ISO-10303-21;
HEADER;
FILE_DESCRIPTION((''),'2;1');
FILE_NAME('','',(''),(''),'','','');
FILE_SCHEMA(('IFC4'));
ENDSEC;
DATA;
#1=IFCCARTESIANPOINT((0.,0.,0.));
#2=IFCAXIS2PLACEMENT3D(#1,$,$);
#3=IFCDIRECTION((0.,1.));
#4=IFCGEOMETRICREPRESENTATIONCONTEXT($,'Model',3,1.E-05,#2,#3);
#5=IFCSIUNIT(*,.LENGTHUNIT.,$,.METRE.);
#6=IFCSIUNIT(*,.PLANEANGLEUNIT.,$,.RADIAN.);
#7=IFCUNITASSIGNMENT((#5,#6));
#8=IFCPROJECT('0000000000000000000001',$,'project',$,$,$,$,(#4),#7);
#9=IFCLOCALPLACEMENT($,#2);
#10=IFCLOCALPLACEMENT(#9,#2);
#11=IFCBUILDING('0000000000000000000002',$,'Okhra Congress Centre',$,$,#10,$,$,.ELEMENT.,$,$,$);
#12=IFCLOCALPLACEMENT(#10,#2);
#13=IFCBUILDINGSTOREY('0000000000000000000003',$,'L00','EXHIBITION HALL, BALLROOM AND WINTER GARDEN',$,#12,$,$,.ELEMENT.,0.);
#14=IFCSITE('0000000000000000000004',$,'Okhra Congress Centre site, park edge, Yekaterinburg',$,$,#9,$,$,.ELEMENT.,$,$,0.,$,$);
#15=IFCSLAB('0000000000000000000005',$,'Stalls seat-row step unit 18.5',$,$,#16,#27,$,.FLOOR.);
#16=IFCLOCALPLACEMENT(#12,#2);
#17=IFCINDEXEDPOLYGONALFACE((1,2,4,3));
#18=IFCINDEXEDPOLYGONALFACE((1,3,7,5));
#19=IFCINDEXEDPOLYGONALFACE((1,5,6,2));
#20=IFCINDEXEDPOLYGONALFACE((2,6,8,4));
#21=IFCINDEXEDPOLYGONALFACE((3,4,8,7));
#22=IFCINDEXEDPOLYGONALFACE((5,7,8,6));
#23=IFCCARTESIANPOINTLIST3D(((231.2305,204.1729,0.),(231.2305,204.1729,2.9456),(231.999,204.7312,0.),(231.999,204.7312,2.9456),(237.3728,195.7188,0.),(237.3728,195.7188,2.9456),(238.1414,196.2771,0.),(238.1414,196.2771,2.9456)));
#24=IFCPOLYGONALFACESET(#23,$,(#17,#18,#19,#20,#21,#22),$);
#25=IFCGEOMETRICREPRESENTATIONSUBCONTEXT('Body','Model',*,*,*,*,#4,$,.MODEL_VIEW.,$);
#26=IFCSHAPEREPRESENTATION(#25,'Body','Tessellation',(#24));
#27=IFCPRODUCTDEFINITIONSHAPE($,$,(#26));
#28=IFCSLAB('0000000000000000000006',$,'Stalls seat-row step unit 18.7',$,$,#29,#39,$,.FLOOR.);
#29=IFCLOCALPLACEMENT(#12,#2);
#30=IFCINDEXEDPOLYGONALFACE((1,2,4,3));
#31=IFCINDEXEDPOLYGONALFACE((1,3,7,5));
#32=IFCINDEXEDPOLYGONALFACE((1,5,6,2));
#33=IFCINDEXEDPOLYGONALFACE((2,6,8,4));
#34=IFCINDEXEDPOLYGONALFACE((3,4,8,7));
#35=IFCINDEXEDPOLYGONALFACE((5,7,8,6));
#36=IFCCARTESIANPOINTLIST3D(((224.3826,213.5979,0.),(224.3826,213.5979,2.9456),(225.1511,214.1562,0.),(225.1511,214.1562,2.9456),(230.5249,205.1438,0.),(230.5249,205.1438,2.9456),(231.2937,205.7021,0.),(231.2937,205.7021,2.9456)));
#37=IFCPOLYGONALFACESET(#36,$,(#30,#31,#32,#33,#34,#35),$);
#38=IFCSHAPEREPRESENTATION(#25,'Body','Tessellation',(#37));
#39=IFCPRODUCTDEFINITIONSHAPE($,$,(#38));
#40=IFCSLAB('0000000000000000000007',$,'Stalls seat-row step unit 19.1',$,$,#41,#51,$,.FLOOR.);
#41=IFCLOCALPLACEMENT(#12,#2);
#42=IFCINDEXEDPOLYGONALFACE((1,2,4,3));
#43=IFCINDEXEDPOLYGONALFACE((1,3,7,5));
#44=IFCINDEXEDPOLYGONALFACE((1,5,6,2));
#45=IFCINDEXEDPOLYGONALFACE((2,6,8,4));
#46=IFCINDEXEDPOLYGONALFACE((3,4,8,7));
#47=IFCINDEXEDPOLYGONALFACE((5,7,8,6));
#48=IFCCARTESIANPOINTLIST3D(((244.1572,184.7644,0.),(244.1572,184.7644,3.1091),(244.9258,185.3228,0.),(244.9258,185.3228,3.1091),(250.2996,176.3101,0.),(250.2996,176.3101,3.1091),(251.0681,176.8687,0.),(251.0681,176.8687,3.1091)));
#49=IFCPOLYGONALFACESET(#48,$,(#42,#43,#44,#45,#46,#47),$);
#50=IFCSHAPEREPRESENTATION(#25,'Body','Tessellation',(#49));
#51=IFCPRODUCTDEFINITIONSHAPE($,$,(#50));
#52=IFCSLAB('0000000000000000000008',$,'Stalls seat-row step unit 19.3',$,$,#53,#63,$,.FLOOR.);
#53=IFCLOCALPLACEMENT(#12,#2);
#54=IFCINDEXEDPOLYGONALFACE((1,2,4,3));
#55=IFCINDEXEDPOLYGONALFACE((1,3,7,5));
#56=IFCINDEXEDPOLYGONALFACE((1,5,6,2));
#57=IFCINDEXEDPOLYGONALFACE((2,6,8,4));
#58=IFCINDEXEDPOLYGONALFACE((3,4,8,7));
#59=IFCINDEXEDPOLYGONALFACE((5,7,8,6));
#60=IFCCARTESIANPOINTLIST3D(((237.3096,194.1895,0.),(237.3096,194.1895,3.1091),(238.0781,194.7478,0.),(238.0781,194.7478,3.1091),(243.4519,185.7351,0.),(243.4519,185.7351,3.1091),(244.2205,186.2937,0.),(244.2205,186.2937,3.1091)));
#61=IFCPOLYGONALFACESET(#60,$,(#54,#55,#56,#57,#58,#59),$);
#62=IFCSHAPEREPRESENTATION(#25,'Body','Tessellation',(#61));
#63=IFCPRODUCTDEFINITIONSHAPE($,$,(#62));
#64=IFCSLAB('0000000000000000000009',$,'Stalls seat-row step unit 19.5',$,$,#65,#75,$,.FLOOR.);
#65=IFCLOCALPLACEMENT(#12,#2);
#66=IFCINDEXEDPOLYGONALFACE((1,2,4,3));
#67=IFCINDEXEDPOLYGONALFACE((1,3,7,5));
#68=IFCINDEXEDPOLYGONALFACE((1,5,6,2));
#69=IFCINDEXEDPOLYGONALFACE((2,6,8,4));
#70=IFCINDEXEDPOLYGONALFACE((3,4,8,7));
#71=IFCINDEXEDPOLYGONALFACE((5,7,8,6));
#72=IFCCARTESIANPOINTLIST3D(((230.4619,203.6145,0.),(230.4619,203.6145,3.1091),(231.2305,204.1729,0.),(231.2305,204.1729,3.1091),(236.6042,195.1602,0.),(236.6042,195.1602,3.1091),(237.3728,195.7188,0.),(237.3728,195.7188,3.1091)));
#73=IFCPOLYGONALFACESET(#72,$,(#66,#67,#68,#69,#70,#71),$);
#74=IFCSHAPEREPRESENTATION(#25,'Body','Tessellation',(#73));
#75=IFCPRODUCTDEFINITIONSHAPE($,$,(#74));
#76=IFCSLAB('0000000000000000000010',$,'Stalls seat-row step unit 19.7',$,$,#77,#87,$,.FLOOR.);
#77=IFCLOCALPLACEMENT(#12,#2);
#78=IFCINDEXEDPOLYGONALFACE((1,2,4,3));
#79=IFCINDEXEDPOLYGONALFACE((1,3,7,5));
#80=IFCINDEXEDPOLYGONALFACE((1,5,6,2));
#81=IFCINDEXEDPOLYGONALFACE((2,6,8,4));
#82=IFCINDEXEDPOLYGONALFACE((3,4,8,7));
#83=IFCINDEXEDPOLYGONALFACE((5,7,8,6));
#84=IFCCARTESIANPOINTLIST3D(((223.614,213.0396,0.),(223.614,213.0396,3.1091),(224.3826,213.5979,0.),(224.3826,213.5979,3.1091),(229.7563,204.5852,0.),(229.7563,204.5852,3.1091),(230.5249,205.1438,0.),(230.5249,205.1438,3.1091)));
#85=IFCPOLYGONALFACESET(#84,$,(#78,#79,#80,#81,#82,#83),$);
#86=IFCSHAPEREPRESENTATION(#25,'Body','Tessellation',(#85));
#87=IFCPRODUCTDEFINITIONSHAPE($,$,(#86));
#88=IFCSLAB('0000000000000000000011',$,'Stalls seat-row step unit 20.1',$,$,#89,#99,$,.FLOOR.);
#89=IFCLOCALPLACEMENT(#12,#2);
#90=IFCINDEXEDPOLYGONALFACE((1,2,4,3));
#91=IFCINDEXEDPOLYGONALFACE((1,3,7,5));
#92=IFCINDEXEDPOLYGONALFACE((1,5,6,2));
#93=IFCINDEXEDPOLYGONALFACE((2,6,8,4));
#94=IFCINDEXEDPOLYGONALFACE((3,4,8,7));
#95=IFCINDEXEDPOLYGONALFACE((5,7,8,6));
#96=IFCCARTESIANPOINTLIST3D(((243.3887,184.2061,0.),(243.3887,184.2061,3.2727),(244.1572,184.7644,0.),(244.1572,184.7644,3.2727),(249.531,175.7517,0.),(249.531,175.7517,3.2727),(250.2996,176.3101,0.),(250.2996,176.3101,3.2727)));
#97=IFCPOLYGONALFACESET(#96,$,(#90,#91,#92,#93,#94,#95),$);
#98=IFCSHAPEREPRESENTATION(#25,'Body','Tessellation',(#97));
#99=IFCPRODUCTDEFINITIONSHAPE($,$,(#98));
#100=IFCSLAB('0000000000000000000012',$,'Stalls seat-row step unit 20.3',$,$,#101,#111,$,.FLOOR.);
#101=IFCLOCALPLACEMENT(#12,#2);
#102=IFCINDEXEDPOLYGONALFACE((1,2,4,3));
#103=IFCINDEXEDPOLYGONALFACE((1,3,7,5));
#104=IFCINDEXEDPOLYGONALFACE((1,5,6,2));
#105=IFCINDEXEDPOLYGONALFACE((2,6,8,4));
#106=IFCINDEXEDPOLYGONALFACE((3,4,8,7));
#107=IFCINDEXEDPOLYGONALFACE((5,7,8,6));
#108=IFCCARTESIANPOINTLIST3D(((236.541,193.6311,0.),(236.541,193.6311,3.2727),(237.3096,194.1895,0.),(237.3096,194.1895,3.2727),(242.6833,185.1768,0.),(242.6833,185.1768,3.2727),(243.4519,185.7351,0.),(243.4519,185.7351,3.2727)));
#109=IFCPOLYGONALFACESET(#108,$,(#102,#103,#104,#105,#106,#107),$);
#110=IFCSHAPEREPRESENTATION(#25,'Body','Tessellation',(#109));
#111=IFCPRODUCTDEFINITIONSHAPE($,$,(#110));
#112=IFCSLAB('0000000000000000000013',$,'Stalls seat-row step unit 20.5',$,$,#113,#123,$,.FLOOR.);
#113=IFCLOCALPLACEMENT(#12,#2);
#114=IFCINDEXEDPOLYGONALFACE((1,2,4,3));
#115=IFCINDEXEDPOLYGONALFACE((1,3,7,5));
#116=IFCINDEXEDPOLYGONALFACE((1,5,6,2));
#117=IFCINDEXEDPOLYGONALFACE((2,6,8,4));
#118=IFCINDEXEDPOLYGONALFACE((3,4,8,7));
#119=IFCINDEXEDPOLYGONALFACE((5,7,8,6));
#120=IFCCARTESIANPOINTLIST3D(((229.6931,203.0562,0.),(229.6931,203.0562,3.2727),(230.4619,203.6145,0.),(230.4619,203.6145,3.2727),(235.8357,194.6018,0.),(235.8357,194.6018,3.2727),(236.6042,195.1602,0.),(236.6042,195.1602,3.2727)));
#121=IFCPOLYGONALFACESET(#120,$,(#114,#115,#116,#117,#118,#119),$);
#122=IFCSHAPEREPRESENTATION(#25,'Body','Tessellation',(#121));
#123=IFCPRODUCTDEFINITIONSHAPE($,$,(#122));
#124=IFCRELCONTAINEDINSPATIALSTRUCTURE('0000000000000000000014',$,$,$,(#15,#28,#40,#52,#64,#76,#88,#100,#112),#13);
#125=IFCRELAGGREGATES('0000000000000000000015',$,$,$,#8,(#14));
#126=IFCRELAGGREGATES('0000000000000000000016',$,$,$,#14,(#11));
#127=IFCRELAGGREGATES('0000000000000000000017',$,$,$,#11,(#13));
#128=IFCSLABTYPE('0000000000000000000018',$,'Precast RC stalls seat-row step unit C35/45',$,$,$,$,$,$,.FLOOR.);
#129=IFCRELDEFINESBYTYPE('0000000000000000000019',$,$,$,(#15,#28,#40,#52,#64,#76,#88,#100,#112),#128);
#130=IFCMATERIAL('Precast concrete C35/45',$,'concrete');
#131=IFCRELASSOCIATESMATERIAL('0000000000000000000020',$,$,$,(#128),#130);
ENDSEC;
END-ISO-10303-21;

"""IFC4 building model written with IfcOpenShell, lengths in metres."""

from ifc_helpers import new_model, si_unit, direction, origin, place, context, subcontext, project, spatial, polyline, outline, extrude, material, type_object, element, save


model = new_model("IFC4")

# Units and contexts
model_context = context("Model", 3, precision=1e-05, world=origin(), true_north=direction((0.0, 1.0)))
body_context = subcontext(model_context, "Body", "Model", "MODEL_VIEW")
ifc_project = project(units=[si_unit("LENGTHUNIT", "METRE"), si_unit("PLANEANGLEUNIT", "RADIAN")], contexts=[model_context])

# Site, building, storey
site_placement = place(None, origin())
site = spatial("IfcSite", under=ifc_project, at=site_placement, Name="Okhra Congress Centre site, park edge, Yekaterinburg", CompositionType="ELEMENT", RefElevation=0.0)
building_placement = place(site_placement, origin())
building = spatial("IfcBuilding", under=site, at=building_placement, Name="Okhra Congress Centre", CompositionType="ELEMENT")
storey_placement = place(building_placement, origin())
storey = spatial("IfcBuildingStorey", under=building, at=storey_placement, Name="L00", Description="EXHIBITION HALL, BALLROOM AND WINTER GARDEN", CompositionType="ELEMENT", Elevation=0.0)

# Slabs
ifc_material_1 = material(Name="Precast concrete C35/45", Category="concrete")
slab_type_1 = type_object("IfcSlabType", Name="Precast RC stalls seat-row step unit C35/45", PredefinedType="FLOOR", material=ifc_material_1)
slab_1_placement = place(storey_placement, origin())
element("IfcSlab", 1, at=slab_1_placement, inside=storey, type_object=slab_type_1, Name="Stalls seat-row step unit 18.5", PredefinedType="FLOOR", context=body_context, shape_type="SweptSolid", body=[
    extrude(outline(polyline([(237.3728, 195.7188), (238.1414, 196.2771), (231.999, 204.7312), (231.2305, 204.1729), (237.3728, 195.7188)])), origin(), (0.0, 0.0, 1.0), 2.9456),
])
slab_2_placement = place(storey_placement, origin())
element("IfcSlab", 2, at=slab_2_placement, inside=storey, type_object=slab_type_1, Name="Stalls seat-row step unit 18.7", PredefinedType="FLOOR", context=body_context, shape_type="SweptSolid", body=[
    extrude(outline(polyline([(230.5249, 205.1438), (231.2937, 205.7021), (225.1511, 214.1562), (224.3826, 213.5979), (230.5249, 205.1438)])), origin(), (0.0, 0.0, 1.0), 2.9456),
])
slab_3_placement = place(storey_placement, origin())
element("IfcSlab", 3, at=slab_3_placement, inside=storey, type_object=slab_type_1, Name="Stalls seat-row step unit 19.1", PredefinedType="FLOOR", context=body_context, shape_type="SweptSolid", body=[
    extrude(outline(polyline([(250.2996, 176.3101), (251.0681, 176.8687), (244.9258, 185.3228), (244.1572, 184.7644), (250.2996, 176.3101)])), origin(), (0.0, 0.0, 1.0), 3.1091),
])
slab_4_placement = place(storey_placement, origin())
element("IfcSlab", 4, at=slab_4_placement, inside=storey, type_object=slab_type_1, Name="Stalls seat-row step unit 19.3", PredefinedType="FLOOR", context=body_context, shape_type="SweptSolid", body=[
    extrude(outline(polyline([(243.4519, 185.7351), (244.2205, 186.2937), (238.0781, 194.7478), (237.3096, 194.1895), (243.4519, 185.7351)])), origin(), (0.0, 0.0, 1.0), 3.1091),
])
slab_5_placement = place(storey_placement, origin())
element("IfcSlab", 5, at=slab_5_placement, inside=storey, type_object=slab_type_1, Name="Stalls seat-row step unit 19.5", PredefinedType="FLOOR", context=body_context, shape_type="SweptSolid", body=[
    extrude(outline(polyline([(236.6042, 195.1602), (237.3728, 195.7188), (231.2305, 204.1729), (230.4619, 203.6145), (236.6042, 195.1602)])), origin(), (0.0, 0.0, 1.0), 3.1091),
])
slab_6_placement = place(storey_placement, origin())
element("IfcSlab", 6, at=slab_6_placement, inside=storey, type_object=slab_type_1, Name="Stalls seat-row step unit 19.7", PredefinedType="FLOOR", context=body_context, shape_type="SweptSolid", body=[
    extrude(outline(polyline([(229.7563, 204.5852), (230.5249, 205.1438), (224.3826, 213.5979), (223.614, 213.0396), (229.7563, 204.5852)])), origin(), (0.0, 0.0, 1.0), 3.1091),
])
slab_7_placement = place(storey_placement, origin())
element("IfcSlab", 7, at=slab_7_placement, inside=storey, type_object=slab_type_1, Name="Stalls seat-row step unit 20.1", PredefinedType="FLOOR", context=body_context, shape_type="SweptSolid", body=[
    extrude(outline(polyline([(249.531, 175.7517), (250.2996, 176.3101), (244.1572, 184.7644), (243.3887, 184.2061), (249.531, 175.7517)])), origin(), (0.0, 0.0, 1.0), 3.2727),
])
slab_8_placement = place(storey_placement, origin())
element("IfcSlab", 8, at=slab_8_placement, inside=storey, type_object=slab_type_1, Name="Stalls seat-row step unit 20.3", PredefinedType="FLOOR", context=body_context, shape_type="SweptSolid", body=[
    extrude(outline(polyline([(242.6833, 185.1768), (243.4519, 185.7351), (237.3096, 194.1895), (236.541, 193.6311), (242.6833, 185.1768)])), origin(), (0.0, 0.0, 1.0), 3.2727),
])
slab_9_placement = place(storey_placement, origin())
element("IfcSlab", 9, at=slab_9_placement, inside=storey, type_object=slab_type_1, Name="Stalls seat-row step unit 20.5", PredefinedType="FLOOR", context=body_context, shape_type="SweptSolid", body=[
    extrude(outline(polyline([(235.8357, 194.6018), (236.6042, 195.1602), (230.4619, 203.6145), (229.6931, 203.0562), (235.8357, 194.6018)])), origin(), (0.0, 0.0, 1.0), 3.2727),
])

save(model, "model.ifc")
